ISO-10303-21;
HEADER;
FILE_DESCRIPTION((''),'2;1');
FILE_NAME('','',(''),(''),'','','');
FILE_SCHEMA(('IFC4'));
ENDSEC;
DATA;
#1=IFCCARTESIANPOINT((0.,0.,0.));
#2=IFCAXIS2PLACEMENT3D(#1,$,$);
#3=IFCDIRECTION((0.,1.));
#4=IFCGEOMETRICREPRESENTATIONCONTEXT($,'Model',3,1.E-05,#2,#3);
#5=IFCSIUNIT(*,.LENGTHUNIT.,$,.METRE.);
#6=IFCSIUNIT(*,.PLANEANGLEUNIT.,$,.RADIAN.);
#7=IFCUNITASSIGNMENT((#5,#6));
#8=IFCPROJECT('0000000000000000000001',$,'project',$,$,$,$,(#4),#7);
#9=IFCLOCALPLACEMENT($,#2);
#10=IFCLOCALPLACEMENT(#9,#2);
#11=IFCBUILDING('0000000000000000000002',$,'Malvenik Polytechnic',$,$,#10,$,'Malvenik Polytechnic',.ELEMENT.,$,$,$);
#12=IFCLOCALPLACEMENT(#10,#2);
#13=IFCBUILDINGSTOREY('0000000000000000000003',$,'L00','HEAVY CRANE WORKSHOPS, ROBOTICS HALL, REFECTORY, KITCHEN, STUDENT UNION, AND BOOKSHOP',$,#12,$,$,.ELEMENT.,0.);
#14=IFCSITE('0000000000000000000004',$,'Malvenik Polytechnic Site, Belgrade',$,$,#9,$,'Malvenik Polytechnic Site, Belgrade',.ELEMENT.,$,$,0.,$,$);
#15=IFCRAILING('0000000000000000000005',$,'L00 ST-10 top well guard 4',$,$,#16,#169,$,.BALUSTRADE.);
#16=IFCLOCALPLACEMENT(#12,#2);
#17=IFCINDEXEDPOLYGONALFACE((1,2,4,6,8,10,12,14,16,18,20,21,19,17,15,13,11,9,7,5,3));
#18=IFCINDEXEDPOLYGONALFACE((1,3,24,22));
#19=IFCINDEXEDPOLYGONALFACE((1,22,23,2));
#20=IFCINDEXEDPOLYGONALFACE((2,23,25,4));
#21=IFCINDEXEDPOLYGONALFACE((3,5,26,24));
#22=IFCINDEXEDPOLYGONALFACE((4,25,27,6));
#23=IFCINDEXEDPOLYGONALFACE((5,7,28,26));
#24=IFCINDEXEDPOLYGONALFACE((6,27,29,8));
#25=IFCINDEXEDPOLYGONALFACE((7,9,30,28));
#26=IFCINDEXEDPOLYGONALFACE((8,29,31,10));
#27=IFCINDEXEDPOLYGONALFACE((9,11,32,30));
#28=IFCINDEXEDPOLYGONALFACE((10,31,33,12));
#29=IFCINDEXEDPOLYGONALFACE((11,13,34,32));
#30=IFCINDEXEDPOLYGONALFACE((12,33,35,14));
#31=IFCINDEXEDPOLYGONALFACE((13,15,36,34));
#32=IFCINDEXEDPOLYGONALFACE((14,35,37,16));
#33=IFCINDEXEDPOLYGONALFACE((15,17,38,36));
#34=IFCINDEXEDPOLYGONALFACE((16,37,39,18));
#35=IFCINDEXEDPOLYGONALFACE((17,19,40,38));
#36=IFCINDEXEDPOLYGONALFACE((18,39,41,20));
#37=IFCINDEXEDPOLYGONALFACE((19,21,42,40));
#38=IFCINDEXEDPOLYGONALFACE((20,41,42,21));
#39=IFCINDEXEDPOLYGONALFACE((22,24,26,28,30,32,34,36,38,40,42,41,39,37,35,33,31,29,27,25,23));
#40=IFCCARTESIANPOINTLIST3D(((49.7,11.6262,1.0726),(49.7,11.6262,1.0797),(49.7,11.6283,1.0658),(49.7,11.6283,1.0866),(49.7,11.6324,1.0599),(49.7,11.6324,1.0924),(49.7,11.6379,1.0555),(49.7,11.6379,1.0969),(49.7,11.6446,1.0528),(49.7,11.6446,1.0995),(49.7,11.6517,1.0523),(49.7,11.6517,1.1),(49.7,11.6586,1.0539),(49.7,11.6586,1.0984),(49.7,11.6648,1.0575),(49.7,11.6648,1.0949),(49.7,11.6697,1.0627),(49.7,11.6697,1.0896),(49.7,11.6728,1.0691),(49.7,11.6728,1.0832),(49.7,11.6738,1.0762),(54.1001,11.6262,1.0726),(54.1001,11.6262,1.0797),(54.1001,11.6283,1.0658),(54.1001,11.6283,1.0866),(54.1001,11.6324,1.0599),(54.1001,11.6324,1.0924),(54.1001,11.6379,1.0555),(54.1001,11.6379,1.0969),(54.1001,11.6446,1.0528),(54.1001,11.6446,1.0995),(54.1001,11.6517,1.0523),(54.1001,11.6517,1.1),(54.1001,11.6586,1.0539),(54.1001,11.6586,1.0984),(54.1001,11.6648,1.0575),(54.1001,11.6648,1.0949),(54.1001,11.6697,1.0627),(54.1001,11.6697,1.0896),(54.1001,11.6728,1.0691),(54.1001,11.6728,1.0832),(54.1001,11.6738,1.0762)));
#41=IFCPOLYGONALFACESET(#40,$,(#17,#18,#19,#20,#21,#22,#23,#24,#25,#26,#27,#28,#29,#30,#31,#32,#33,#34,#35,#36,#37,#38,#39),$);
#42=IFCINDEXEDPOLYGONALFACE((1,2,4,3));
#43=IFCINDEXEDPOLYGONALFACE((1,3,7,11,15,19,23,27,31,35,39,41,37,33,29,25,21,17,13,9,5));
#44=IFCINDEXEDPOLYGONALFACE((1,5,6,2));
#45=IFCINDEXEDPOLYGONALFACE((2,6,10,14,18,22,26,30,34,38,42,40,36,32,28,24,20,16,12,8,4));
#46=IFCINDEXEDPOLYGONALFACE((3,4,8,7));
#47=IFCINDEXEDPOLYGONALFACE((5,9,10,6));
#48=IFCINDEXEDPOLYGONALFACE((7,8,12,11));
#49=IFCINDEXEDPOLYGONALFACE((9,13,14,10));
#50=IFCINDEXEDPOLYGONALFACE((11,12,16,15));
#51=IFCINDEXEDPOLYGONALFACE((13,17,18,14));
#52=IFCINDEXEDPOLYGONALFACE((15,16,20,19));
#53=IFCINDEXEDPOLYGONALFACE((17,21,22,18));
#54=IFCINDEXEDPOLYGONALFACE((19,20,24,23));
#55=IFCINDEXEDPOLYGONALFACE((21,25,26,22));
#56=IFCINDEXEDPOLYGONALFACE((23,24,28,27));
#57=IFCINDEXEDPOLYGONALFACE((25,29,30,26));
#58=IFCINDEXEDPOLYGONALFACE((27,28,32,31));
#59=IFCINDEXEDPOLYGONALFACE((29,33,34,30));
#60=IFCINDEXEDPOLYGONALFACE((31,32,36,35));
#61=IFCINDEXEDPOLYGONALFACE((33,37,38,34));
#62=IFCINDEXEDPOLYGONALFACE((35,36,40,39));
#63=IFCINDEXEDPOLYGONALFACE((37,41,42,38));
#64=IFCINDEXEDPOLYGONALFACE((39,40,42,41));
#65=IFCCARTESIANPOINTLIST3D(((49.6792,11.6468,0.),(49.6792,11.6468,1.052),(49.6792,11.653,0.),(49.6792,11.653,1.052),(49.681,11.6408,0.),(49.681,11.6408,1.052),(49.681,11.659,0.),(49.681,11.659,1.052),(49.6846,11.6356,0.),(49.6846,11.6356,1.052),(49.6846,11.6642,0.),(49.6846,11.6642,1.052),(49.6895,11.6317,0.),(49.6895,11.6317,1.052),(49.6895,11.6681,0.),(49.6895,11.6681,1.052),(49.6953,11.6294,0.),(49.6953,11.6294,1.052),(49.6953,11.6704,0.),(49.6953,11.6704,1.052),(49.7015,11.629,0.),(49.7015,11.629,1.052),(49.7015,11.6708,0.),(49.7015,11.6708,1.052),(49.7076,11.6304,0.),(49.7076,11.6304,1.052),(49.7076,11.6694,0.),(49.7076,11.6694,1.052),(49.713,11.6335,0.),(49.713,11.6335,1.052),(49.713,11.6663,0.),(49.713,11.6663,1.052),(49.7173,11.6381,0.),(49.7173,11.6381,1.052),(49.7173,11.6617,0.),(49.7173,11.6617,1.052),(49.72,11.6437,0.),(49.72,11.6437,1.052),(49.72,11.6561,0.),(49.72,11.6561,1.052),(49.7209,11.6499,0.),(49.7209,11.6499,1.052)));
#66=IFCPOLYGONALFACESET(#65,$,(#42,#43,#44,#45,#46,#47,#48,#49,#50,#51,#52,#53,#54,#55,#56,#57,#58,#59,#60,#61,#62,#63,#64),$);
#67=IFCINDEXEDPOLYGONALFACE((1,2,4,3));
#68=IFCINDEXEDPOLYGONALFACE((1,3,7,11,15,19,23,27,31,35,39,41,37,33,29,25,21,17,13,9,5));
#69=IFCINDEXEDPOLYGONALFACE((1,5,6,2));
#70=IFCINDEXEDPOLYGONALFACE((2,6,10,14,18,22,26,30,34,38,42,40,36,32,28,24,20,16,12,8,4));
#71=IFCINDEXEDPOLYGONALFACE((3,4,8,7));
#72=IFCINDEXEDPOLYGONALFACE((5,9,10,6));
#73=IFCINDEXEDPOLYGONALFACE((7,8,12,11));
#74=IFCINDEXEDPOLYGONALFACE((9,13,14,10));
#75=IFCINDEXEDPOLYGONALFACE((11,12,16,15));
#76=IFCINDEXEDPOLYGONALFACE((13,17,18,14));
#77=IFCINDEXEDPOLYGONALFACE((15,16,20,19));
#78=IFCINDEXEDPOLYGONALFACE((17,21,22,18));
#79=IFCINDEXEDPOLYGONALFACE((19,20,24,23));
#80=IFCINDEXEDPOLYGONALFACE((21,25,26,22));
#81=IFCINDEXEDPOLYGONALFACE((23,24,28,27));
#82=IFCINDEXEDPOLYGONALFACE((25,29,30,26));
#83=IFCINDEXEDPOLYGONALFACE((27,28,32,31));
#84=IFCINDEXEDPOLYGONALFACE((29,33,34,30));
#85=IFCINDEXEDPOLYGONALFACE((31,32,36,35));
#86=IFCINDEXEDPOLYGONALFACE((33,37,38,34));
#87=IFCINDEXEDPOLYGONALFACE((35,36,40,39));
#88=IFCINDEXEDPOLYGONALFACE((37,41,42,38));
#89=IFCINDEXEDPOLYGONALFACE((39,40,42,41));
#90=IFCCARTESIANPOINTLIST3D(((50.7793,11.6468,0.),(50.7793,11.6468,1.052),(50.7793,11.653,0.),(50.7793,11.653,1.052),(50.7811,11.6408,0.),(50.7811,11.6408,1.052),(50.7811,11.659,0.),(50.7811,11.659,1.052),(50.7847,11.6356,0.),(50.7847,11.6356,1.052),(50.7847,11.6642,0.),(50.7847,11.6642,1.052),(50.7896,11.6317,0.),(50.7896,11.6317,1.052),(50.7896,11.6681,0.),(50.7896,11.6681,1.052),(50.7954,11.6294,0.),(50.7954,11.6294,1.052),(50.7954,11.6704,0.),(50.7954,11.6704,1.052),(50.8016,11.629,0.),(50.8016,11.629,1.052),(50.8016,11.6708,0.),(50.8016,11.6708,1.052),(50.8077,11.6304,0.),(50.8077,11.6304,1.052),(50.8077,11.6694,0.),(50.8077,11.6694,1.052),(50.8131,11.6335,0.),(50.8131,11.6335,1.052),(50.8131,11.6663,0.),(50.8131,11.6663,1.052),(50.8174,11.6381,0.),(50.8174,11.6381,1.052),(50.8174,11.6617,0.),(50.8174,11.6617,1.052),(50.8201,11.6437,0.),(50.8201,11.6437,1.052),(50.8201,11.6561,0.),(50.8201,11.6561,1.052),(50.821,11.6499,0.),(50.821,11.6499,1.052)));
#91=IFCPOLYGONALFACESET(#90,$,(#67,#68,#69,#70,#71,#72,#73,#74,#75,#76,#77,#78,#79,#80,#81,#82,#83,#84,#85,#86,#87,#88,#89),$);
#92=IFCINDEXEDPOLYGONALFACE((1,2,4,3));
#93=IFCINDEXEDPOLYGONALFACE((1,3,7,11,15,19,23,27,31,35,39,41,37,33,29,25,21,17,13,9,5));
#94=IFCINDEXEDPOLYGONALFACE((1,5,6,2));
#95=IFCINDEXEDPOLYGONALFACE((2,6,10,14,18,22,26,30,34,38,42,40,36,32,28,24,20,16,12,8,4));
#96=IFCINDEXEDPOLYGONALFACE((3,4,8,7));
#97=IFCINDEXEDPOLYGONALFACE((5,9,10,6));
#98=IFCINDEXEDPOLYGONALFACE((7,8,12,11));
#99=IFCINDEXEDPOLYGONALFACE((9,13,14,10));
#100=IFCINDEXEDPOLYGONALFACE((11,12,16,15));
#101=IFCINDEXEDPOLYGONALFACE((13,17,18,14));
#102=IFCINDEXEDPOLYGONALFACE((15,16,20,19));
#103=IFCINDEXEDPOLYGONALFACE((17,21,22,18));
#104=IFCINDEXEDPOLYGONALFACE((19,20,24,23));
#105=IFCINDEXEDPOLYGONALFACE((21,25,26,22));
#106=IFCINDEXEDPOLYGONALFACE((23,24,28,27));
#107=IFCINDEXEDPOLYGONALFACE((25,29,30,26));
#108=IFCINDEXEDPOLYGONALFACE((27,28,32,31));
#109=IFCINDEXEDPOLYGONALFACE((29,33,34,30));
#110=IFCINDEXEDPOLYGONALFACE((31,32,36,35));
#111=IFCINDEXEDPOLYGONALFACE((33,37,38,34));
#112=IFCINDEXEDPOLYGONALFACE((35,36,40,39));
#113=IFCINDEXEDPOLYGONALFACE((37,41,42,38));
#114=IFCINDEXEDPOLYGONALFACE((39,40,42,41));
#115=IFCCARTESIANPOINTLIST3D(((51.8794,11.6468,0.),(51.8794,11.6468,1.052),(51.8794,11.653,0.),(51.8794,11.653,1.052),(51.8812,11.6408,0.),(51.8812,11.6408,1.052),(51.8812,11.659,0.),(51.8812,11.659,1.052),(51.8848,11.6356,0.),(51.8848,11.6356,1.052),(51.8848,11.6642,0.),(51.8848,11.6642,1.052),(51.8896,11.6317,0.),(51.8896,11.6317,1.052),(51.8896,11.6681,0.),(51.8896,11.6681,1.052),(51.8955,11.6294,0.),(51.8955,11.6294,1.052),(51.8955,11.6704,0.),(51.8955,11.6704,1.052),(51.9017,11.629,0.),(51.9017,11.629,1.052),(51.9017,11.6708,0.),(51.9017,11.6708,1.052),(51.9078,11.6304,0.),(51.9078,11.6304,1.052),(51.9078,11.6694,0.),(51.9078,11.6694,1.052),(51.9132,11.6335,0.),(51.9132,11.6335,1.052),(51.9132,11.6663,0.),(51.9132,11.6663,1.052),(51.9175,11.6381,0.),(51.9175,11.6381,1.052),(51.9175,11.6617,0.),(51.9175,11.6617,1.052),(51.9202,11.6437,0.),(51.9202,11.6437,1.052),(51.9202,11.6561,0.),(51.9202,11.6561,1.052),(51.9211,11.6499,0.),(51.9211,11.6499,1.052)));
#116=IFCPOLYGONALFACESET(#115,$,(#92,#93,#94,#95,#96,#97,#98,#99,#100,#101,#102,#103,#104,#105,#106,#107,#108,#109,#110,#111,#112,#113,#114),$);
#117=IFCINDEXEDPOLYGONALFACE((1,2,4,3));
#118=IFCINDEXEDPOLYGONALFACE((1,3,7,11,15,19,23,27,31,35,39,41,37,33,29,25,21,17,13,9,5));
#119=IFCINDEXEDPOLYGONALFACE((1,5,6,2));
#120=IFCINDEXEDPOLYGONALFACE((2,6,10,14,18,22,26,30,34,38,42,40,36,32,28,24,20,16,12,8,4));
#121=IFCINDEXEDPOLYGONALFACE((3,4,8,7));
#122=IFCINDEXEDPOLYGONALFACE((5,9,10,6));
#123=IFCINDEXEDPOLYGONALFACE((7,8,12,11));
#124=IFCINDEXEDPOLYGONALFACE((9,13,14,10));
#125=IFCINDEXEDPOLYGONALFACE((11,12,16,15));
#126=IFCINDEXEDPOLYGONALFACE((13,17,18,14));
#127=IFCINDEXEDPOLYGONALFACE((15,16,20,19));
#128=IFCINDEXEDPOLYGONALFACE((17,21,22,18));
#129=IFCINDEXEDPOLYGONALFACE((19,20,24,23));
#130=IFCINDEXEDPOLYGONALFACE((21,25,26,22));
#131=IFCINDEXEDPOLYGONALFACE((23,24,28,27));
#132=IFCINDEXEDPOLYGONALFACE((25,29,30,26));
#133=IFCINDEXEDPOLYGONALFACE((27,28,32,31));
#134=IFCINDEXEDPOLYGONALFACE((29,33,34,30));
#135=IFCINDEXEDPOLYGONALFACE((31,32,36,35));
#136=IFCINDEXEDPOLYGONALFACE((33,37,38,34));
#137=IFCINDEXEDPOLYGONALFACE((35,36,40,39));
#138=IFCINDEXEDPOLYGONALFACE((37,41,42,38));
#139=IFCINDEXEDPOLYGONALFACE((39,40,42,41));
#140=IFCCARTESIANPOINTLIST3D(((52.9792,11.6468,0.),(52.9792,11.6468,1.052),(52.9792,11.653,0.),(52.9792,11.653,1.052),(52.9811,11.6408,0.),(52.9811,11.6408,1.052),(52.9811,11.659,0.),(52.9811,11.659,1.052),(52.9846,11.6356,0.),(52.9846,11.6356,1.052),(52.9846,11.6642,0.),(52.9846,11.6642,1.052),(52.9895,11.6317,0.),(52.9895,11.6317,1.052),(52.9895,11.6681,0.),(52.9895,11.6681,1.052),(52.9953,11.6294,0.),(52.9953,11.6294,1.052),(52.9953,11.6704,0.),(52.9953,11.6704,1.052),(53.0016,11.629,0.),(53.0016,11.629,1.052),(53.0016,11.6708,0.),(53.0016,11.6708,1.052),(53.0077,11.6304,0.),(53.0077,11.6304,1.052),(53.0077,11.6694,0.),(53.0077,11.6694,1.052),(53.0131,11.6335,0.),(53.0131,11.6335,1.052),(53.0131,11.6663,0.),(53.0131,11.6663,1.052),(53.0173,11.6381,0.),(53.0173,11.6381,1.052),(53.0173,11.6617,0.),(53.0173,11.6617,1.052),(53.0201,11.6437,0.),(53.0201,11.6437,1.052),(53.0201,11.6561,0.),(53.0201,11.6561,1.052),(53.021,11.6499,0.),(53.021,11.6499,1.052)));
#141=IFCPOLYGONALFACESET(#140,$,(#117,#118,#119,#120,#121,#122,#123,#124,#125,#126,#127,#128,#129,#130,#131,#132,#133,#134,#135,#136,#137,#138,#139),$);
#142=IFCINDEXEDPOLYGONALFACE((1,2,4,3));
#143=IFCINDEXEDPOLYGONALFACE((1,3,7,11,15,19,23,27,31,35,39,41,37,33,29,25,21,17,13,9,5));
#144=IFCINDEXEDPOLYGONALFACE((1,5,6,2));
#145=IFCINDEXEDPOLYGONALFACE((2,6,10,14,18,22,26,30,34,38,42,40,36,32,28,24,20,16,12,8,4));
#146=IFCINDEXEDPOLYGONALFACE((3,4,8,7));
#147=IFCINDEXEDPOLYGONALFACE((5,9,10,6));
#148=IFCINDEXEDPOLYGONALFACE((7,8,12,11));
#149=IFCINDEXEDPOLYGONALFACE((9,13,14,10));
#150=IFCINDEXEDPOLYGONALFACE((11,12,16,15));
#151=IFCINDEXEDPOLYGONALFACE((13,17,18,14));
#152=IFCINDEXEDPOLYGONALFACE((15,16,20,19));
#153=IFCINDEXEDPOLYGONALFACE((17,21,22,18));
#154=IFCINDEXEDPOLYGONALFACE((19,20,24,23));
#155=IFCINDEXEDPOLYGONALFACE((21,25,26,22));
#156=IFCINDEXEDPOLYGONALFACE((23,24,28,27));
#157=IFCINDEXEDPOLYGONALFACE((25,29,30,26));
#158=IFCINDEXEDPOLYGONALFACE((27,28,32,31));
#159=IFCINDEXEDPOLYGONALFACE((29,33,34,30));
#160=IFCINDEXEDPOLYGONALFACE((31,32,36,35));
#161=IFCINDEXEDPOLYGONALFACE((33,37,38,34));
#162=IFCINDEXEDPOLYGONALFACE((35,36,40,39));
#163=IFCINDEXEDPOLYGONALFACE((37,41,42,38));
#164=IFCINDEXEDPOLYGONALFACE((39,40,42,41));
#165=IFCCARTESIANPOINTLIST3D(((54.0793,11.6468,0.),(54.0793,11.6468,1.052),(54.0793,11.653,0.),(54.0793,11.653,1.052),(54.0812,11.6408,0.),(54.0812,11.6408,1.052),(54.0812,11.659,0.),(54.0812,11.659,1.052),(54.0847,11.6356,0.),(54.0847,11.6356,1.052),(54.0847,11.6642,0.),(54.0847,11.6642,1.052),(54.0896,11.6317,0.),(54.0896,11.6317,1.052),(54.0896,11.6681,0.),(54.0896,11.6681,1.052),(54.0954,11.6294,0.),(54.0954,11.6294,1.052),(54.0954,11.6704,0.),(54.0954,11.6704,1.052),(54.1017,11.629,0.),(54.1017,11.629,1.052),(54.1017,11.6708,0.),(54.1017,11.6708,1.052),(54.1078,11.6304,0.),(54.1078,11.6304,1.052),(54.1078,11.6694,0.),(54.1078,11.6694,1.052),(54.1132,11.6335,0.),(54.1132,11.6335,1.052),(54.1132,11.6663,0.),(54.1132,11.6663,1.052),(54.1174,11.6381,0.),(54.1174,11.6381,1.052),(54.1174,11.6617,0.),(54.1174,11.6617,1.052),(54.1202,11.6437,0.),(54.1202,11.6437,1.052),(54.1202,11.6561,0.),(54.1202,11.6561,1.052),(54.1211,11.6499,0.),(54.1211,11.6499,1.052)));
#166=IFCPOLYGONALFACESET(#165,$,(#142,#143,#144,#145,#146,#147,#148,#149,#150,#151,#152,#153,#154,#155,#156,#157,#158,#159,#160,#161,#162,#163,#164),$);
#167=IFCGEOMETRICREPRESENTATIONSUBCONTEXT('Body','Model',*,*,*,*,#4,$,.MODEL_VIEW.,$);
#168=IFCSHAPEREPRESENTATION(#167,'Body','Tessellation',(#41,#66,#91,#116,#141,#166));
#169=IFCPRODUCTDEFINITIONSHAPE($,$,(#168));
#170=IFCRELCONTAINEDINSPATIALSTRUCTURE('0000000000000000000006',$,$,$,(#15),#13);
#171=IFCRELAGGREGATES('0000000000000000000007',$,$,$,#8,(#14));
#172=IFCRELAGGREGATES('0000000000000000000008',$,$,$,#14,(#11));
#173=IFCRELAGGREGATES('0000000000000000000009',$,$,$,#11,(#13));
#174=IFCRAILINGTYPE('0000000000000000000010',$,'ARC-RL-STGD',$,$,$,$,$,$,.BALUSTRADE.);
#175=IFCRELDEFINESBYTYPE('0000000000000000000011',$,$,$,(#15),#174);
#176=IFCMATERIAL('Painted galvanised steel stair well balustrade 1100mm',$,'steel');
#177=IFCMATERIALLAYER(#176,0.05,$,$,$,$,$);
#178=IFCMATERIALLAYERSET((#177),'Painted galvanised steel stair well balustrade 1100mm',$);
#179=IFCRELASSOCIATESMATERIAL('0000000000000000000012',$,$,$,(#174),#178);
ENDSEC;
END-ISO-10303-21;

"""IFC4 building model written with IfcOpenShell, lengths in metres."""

from ifc_helpers import new_model, si_unit, direction, frame, origin, origin_2d, place, context, subcontext, project, spatial, circle, extrude, material, layer, layer_set, type_object, element, save


model = new_model("IFC4")

# Units and contexts
model_context = context("Model", 3, precision=1e-05, world=origin(), true_north=direction((0.0, 1.0)))
body_context = subcontext(model_context, "Body", "Model", "MODEL_VIEW")
ifc_project = project(units=[si_unit("LENGTHUNIT", "METRE"), si_unit("PLANEANGLEUNIT", "RADIAN")], contexts=[model_context])

# Site, building, storey
site_placement = place(None, origin())
site = spatial("IfcSite", under=ifc_project, at=site_placement, Name="Malvenik Polytechnic Site, Belgrade", LongName="Malvenik Polytechnic Site, Belgrade", CompositionType="ELEMENT", RefElevation=0.0)
building_placement = place(site_placement, origin())
building = spatial("IfcBuilding", under=site, at=building_placement, Name="Malvenik Polytechnic", LongName="Malvenik Polytechnic", CompositionType="ELEMENT")
storey_placement = place(building_placement, origin())
storey = spatial("IfcBuildingStorey", under=building, at=storey_placement, Name="L00", Description="HEAVY CRANE WORKSHOPS, ROBOTICS HALL, REFECTORY, KITCHEN, STUDENT UNION, AND BOOKSHOP", CompositionType="ELEMENT", Elevation=0.0)

# Railing
ifc_material_1 = material(Name="Painted galvanised steel stair well balustrade 1100mm", Category="steel")
ifc_layer_1 = layer(ifc_material_1, 0.05)
ifc_layer_set_1 = layer_set([ifc_layer_1], Name="Painted galvanised steel stair well balustrade 1100mm")
railing_type_1 = type_object("IfcRailingType", Name="ARC-RL-STGD", PredefinedType="BALUSTRADE", material=ifc_layer_set_1)
railing_1_placement = place(storey_placement, frame((49.7, 11.6499, 0.0)))
element("IfcRailing", 1, at=railing_1_placement, inside=storey, type_object=railing_type_1, Name="L00 ST-10 top well guard 4", PredefinedType="BALUSTRADE", context=body_context, shape_type="SweptSolid", body=[
    extrude(circle(Radius=0.0239, at=origin_2d()), frame((0.0, 0.0, 1.0762), z_axis=(1.0, 0.0, 0.0), x_axis=(0.0, 1.0, 0.0)), (0.0, 0.0, 1.0), 4.4001),
    extrude(circle(Radius=0.021, at=origin_2d()), origin(), (0.0, 0.0, 1.0), 1.052),
    extrude(circle(Radius=0.021, at=origin_2d()), frame((1.1001, 0.0, 0.0)), (0.0, 0.0, 1.0), 1.052),
    extrude(circle(Radius=0.021, at=origin_2d()), frame((2.2002, 0.0, 0.0)), (0.0, 0.0, 1.0), 1.052),
    extrude(circle(Radius=0.021, at=origin_2d()), frame((3.3, 0.0, 0.0)), (0.0, 0.0, 1.0), 1.052),
    extrude(circle(Radius=0.021, at=origin_2d()), frame((4.4001, 0.0, 0.0)), (0.0, 0.0, 1.0), 1.052),
])

save(model, "model.ifc")
